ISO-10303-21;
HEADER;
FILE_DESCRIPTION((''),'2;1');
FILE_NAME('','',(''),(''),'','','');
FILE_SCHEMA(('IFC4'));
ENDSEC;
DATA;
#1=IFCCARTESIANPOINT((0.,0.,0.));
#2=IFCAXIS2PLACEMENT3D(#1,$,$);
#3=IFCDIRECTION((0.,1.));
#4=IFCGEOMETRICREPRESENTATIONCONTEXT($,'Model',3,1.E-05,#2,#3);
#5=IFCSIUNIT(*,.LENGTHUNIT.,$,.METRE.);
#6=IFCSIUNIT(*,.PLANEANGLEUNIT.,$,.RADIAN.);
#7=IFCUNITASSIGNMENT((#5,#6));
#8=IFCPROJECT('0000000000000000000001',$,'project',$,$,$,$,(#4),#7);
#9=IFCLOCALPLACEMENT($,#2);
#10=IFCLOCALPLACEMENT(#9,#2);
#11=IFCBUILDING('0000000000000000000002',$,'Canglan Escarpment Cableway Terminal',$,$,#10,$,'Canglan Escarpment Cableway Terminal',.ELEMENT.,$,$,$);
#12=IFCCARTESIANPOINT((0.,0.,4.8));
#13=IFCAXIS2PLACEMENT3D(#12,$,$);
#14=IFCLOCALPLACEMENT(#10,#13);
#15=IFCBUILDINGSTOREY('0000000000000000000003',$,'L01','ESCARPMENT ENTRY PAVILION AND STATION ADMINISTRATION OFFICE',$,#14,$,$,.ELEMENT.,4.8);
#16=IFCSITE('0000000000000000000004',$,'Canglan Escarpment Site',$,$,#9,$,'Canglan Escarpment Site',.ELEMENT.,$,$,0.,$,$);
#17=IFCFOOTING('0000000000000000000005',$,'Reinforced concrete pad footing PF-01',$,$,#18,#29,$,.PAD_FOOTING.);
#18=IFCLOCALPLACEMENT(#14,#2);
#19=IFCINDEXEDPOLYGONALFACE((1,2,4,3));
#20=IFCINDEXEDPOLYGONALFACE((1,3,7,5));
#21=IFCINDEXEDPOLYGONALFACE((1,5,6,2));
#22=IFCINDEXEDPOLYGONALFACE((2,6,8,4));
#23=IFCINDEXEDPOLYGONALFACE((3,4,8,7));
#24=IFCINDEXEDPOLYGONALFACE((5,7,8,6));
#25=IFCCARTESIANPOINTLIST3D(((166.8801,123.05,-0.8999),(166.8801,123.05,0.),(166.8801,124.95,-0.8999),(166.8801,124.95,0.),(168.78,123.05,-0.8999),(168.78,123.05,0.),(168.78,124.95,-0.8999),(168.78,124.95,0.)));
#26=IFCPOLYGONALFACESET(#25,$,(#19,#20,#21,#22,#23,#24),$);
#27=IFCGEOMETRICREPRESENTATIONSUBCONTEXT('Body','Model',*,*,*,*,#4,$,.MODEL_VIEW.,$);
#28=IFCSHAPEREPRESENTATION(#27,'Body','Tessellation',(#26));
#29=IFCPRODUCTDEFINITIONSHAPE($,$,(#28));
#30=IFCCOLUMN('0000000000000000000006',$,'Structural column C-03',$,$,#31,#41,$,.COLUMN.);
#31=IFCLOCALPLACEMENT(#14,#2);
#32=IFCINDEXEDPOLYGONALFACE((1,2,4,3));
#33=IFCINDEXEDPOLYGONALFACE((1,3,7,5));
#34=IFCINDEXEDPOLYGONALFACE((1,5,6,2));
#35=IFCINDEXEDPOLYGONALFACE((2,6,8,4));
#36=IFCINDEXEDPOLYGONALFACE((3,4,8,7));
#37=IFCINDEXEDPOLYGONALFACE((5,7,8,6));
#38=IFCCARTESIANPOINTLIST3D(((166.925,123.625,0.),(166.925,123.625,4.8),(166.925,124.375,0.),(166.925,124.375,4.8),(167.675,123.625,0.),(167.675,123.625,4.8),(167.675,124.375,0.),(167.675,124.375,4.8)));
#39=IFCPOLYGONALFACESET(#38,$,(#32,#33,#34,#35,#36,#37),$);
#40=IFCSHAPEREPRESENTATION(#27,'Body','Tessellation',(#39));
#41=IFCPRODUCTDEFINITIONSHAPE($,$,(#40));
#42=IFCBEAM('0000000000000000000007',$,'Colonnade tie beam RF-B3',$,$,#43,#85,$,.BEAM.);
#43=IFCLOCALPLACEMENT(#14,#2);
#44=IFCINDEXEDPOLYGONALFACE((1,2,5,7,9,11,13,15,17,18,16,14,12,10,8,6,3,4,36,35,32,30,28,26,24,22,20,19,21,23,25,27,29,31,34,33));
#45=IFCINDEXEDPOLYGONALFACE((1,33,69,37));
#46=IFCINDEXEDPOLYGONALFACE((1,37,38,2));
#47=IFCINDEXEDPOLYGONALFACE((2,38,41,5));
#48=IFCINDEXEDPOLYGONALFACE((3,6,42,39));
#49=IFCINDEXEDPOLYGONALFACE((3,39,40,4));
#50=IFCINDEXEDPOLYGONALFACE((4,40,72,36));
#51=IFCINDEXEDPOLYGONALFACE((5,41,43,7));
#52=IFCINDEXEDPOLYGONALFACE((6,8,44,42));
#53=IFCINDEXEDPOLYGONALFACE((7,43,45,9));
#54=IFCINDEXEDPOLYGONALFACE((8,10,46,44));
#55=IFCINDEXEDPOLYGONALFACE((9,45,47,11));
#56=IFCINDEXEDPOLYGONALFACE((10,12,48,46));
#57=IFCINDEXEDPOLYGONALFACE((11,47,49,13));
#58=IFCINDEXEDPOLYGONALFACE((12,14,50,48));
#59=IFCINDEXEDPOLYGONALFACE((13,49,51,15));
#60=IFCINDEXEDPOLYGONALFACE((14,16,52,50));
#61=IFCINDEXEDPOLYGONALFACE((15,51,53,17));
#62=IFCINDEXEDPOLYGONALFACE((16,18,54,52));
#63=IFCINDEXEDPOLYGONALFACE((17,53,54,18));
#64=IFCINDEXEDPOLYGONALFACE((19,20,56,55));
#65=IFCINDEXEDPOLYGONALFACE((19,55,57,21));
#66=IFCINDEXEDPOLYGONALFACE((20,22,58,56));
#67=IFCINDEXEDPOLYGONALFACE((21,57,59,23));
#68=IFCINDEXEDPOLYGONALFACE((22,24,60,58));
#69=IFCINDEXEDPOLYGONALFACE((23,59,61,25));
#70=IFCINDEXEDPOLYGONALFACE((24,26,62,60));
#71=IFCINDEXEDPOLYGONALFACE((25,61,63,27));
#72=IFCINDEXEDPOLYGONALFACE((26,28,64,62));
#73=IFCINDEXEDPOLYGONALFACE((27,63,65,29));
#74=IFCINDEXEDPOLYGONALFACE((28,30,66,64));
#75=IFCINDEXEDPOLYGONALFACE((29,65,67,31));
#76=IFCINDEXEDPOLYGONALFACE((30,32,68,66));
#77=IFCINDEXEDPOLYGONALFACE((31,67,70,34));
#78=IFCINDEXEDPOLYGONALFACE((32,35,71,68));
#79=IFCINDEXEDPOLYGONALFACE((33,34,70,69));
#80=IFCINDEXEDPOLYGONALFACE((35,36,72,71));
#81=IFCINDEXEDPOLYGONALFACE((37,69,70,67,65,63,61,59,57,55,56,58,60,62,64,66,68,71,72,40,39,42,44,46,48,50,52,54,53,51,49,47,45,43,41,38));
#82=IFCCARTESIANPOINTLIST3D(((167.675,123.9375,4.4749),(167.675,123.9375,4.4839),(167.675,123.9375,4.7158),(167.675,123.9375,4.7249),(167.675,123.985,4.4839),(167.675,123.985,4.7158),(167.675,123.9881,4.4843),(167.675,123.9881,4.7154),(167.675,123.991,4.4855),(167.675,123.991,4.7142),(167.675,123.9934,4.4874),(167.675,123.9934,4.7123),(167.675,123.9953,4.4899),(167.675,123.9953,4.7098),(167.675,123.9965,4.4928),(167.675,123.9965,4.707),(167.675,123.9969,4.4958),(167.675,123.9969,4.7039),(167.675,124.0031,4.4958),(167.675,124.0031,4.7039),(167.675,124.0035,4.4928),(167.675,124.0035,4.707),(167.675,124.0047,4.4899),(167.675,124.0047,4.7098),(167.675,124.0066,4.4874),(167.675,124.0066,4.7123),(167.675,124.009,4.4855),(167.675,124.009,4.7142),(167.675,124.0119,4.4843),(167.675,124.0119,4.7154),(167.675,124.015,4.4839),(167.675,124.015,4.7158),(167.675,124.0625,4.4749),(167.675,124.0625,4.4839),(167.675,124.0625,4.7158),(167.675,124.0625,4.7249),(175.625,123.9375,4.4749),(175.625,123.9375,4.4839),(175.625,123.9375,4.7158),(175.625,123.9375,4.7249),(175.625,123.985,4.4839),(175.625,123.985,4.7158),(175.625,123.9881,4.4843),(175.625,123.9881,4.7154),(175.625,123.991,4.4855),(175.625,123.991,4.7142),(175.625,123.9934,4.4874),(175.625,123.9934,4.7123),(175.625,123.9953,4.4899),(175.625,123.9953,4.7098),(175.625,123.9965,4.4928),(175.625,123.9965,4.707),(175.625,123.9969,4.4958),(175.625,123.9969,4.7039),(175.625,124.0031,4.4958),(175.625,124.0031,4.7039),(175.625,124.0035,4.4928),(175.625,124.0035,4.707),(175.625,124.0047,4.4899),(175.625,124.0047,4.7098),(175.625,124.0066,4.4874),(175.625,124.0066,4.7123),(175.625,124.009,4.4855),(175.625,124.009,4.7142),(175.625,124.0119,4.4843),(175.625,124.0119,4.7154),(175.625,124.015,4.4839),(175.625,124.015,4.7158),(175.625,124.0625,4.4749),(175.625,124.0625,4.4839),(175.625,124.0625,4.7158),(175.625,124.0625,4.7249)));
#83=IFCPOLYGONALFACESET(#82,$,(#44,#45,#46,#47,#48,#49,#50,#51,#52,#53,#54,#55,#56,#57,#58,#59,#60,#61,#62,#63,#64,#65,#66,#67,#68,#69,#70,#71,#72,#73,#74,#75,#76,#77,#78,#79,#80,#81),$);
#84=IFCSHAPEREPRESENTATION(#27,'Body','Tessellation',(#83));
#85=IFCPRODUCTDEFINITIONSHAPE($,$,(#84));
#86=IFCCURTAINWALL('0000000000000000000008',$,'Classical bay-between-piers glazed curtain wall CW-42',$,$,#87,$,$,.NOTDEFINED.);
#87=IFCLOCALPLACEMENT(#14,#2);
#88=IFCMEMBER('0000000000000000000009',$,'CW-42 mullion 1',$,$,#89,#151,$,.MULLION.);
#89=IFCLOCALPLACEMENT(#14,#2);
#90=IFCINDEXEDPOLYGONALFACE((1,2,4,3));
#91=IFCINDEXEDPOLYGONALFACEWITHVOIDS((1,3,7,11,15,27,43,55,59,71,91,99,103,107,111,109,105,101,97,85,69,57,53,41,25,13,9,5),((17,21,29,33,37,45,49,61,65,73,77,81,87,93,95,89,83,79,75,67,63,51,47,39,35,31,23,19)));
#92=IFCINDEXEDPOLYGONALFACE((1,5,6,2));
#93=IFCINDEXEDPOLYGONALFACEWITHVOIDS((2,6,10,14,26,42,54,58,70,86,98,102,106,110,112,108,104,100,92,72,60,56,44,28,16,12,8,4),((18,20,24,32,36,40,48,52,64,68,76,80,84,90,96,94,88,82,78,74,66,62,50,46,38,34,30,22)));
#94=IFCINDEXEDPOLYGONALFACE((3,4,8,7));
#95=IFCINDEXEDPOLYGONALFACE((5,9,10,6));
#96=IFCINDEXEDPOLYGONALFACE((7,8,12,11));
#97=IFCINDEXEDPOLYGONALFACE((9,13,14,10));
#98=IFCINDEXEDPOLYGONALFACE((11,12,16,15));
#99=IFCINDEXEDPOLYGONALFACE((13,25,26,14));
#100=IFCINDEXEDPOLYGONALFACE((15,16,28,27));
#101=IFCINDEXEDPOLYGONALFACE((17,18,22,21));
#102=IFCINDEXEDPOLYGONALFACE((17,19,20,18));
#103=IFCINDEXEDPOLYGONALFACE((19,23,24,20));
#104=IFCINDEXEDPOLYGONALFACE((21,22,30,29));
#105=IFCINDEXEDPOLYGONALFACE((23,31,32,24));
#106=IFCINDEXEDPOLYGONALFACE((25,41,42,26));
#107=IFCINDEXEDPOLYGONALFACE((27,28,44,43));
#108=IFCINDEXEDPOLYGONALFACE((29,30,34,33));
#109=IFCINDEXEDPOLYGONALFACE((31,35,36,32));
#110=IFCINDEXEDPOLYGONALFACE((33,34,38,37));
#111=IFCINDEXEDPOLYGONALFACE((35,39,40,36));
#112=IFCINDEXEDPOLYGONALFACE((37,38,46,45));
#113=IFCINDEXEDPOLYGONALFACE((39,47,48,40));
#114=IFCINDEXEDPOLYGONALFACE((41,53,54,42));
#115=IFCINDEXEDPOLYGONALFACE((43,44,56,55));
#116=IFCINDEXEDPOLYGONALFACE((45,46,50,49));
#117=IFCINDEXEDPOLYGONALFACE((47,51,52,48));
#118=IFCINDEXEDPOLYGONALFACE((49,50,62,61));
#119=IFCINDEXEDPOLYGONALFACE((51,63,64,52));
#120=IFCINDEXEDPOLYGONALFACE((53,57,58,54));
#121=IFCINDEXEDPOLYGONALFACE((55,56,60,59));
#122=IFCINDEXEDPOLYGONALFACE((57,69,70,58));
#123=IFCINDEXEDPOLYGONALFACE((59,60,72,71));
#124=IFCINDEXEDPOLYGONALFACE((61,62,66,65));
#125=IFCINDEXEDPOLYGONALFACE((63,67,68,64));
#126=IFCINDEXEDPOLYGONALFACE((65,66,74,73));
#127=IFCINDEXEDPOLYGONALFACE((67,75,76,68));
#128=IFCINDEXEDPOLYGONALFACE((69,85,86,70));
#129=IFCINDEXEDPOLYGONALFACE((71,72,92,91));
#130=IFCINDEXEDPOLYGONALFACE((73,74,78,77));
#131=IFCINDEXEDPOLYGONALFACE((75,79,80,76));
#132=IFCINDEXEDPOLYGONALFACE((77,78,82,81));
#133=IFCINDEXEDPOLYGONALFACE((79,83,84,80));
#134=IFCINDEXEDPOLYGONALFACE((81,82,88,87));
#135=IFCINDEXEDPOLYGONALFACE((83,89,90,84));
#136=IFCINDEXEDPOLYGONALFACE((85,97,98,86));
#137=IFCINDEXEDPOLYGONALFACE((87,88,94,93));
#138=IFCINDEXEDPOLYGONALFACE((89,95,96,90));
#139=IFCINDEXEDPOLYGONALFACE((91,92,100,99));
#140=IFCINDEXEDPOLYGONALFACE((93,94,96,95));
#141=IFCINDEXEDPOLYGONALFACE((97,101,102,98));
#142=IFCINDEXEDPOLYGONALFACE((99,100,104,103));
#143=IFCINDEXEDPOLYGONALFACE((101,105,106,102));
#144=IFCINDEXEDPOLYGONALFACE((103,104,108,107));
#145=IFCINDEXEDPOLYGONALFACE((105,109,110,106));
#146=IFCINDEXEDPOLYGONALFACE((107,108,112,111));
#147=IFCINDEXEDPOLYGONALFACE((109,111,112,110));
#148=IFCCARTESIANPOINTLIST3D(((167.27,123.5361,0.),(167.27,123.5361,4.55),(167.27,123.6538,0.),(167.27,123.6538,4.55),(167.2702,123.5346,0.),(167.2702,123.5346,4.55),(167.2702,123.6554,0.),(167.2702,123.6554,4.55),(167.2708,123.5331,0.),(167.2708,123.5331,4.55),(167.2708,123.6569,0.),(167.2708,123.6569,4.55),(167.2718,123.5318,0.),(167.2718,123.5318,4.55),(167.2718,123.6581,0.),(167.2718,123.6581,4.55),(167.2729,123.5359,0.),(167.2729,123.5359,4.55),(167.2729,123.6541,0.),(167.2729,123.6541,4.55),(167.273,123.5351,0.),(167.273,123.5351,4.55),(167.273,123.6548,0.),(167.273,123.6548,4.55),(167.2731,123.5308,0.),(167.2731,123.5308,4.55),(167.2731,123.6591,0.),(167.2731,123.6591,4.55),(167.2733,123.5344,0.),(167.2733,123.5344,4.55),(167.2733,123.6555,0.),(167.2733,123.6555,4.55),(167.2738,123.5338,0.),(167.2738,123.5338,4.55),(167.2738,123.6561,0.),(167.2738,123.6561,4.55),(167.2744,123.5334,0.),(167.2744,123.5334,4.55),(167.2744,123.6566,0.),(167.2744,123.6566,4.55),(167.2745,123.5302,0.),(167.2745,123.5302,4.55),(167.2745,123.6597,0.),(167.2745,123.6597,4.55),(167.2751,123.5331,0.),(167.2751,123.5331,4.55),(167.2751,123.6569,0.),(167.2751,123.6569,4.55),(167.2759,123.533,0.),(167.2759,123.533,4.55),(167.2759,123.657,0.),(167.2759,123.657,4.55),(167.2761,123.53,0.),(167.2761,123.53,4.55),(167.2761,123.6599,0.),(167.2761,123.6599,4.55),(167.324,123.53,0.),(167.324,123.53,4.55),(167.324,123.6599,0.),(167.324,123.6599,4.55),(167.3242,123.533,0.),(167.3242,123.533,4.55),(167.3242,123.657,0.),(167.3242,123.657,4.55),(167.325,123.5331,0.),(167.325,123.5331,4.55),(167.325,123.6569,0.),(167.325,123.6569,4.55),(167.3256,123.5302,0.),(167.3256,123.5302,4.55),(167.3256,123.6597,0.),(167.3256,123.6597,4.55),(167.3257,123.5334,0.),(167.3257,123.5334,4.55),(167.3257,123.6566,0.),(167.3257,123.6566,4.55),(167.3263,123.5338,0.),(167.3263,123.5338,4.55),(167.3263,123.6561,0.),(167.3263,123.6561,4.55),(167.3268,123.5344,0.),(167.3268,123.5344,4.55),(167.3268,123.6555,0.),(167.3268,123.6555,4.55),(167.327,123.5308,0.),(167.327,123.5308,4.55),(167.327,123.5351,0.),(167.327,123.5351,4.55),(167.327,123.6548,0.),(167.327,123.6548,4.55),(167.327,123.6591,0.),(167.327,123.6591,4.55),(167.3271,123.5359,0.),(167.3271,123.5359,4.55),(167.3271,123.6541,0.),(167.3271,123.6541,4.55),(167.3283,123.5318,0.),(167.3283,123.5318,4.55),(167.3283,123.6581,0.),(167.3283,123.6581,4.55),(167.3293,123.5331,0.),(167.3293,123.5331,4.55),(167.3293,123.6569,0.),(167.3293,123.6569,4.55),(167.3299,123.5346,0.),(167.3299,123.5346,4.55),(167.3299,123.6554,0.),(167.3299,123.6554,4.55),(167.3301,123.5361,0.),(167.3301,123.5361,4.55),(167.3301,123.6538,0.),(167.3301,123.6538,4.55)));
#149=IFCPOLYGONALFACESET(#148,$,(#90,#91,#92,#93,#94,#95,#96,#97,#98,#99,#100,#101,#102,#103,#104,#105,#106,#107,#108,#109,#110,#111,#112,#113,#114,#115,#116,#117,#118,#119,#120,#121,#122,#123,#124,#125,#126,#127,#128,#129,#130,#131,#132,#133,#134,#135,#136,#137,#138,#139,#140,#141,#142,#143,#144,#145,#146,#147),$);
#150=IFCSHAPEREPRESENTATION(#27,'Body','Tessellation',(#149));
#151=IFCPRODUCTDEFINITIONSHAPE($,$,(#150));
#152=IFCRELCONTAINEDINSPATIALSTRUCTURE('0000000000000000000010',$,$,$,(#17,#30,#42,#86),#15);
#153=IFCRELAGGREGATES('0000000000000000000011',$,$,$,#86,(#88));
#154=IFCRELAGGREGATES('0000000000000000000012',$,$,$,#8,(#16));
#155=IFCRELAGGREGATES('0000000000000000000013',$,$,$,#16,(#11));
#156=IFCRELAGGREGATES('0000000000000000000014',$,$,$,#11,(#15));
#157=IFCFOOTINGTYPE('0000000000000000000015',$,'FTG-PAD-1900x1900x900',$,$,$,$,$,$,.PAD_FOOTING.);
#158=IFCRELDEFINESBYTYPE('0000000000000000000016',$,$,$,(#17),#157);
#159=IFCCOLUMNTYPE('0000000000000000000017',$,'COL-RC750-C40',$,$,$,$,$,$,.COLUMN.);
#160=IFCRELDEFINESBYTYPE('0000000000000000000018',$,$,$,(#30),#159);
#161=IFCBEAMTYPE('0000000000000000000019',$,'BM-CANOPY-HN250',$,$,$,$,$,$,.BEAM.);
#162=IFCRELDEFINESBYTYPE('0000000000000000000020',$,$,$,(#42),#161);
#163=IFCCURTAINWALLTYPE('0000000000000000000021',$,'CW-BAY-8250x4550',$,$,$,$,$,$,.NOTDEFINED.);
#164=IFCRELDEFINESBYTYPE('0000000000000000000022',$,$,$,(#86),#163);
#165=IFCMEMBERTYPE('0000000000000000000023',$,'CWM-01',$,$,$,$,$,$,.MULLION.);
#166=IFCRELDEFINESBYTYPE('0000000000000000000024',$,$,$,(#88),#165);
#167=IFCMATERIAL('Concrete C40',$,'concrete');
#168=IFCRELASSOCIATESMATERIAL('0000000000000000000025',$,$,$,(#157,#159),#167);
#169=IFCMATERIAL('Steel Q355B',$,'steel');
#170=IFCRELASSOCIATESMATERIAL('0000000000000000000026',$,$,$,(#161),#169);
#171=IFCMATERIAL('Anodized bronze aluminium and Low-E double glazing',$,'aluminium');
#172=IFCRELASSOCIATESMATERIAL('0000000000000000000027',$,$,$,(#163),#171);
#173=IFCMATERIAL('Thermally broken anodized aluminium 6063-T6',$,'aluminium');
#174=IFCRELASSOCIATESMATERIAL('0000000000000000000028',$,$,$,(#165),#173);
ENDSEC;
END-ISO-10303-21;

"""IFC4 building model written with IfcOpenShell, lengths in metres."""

from ifc_helpers import new_model, si_unit, direction, frame, origin, origin_2d, place, context, subcontext, project, spatial, rectangle, hollow_rectangle, i_section, extrude, material, material_profile, profile_set, type_object, element, aggregate, save


model = new_model("IFC4")

# Units and contexts
model_context = context("Model", 3, precision=1e-05, world=origin(), true_north=direction((0.0, 1.0)))
body_context = subcontext(model_context, "Body", "Model", "MODEL_VIEW")
ifc_project = project(units=[si_unit("LENGTHUNIT", "METRE"), si_unit("PLANEANGLEUNIT", "RADIAN")], contexts=[model_context])

# Site, building, storey
site_placement = place(None, origin())
site = spatial("IfcSite", under=ifc_project, at=site_placement, Name="Canglan Escarpment Site", LongName="Canglan Escarpment Site", CompositionType="ELEMENT", RefElevation=0.0)
building_placement = place(site_placement, origin())
building = spatial("IfcBuilding", under=site, at=building_placement, Name="Canglan Escarpment Cableway Terminal", LongName="Canglan Escarpment Cableway Terminal", CompositionType="ELEMENT")
storey_placement = place(building_placement, frame((0.0, 0.0, 4.8)))
storey = spatial("IfcBuildingStorey", under=building, at=storey_placement, Name="L01", Description="ESCARPMENT ENTRY PAVILION AND STATION ADMINISTRATION OFFICE", CompositionType="ELEMENT", Elevation=4.8)

# Footing
ifc_material_1 = material(Name="Concrete C40", Category="concrete")
footing_type = type_object("IfcFootingType", Name="FTG-PAD-1900x1900x900", PredefinedType="PAD_FOOTING", material=ifc_material_1)
footing_placement = place(storey_placement, frame((167.8301, 124.0, -0.8999), z_axis=(0.0, 0.0, 1.0), x_axis=(1.0, 0.0, 0.0)))
element("IfcFooting", 1, at=footing_placement, inside=storey, type_object=footing_type, Name="Reinforced concrete pad footing PF-01", PredefinedType="PAD_FOOTING", context=body_context, shape_type="SweptSolid", body=[
    extrude(rectangle(XDim=1.8999, YDim=1.8999, at=origin_2d()), origin(), (0.0, 0.0, 1.0), 0.8999),
])

# Column
ifc_material_profile_1 = material_profile(ifc_material_1, rectangle(XDim=0.75, YDim=0.75, at=origin_2d()), Name="RC 750x750")
ifc_profile_set_1 = profile_set([ifc_material_profile_1], Name="Concrete C40")
column_type = type_object("IfcColumnType", Name="COL-RC750-C40", PredefinedType="COLUMN", material=ifc_profile_set_1)
column_placement = place(storey_placement, frame((167.3, 124.0, 0.0), z_axis=(0.0, 0.0, 1.0), x_axis=(1.0, 0.0, 0.0)))
element("IfcColumn", 2, at=column_placement, inside=storey, type_object=column_type, Name="Structural column C-03", PredefinedType="COLUMN", context=body_context, shape_type="SweptSolid", body=[
    extrude(rectangle(XDim=0.75, YDim=0.75, at=origin_2d()), origin(), (0.0, 0.0, 1.0), 4.8),
])

# Beam
ifc_material_2 = material(Name="Steel Q355B", Category="steel")
ifc_material_profile_2 = material_profile(ifc_material_2, i_section(OverallWidth=0.125, OverallDepth=0.25, WebThickness=0.0061, FlangeThickness=0.009, FilletRadius=0.012, at=origin_2d()), Name="HN 250x125x6x9")
ifc_profile_set_2 = profile_set([ifc_material_profile_2], Name="Steel Q355B")
beam_type = type_object("IfcBeamType", Name="BM-CANOPY-HN250", PredefinedType="BEAM", material=ifc_profile_set_2)
beam_placement = place(storey_placement, frame((167.675, 124.0, 4.5999), z_axis=(1.0, 0.0, 0.0), x_axis=(0.0, 1.0, 0.0)))
element("IfcBeam", 3, at=beam_placement, inside=storey, type_object=beam_type, Name="Colonnade tie beam RF-B3", PredefinedType="BEAM", context=body_context, shape_type="SweptSolid", body=[
    extrude(i_section(OverallWidth=0.125, OverallDepth=0.25, WebThickness=0.0061, FlangeThickness=0.009, FilletRadius=0.012, at=origin_2d()), origin(), (0.0, 0.0, 1.0), 7.95),
])

# Curtain wall, member
ifc_material_3 = material(Name="Anodized bronze aluminium and Low-E double glazing", Category="aluminium")
curtain_wall_type = type_object("IfcCurtainWallType", Name="CW-BAY-8250x4550", PredefinedType="NOTDEFINED", material=ifc_material_3)
curtain_wall_placement = place(storey_placement, origin())
curtain_wall = element("IfcCurtainWall", 4, at=curtain_wall_placement, inside=storey, type_object=curtain_wall_type, Name="Classical bay-between-piers glazed curtain wall CW-42", PredefinedType="NOTDEFINED")
ifc_material_4 = material(Name="Thermally broken anodized aluminium 6063-T6", Category="aluminium")
ifc_material_profile_3 = material_profile(ifc_material_4, hollow_rectangle(XDim=0.0601, YDim=0.1299, WallThickness=0.0029, InnerFilletRadius=0.0029, OuterFilletRadius=0.0061, at=origin_2d()), Name="ALU-MULL 60x130x3")
ifc_profile_set_3 = profile_set([ifc_material_profile_3], Name="Thermally broken anodized aluminium 6063-T6")
member_type_1 = type_object("IfcMemberType", Name="CWM-01", PredefinedType="MULLION", material=ifc_profile_set_3)
member_1_placement = place(storey_placement, frame((167.3, 123.595, 0.0), z_axis=(0.0, 0.0, 1.0), x_axis=(1.0, 0.0, 0.0)))
member_1 = element("IfcMember", 5, at=member_1_placement, type_object=member_type_1, Name="CW-42 mullion 1", PredefinedType="MULLION", context=body_context, shape_type="SweptSolid", body=[
    extrude(hollow_rectangle(XDim=0.0601, YDim=0.1299, WallThickness=0.0029, InnerFilletRadius=0.0029, OuterFilletRadius=0.0061, at=origin_2d()), origin(), (0.0, 0.0, 1.0), 4.55),
])

aggregate(curtain_wall, [member_1])

save(model, "model.ifc")
